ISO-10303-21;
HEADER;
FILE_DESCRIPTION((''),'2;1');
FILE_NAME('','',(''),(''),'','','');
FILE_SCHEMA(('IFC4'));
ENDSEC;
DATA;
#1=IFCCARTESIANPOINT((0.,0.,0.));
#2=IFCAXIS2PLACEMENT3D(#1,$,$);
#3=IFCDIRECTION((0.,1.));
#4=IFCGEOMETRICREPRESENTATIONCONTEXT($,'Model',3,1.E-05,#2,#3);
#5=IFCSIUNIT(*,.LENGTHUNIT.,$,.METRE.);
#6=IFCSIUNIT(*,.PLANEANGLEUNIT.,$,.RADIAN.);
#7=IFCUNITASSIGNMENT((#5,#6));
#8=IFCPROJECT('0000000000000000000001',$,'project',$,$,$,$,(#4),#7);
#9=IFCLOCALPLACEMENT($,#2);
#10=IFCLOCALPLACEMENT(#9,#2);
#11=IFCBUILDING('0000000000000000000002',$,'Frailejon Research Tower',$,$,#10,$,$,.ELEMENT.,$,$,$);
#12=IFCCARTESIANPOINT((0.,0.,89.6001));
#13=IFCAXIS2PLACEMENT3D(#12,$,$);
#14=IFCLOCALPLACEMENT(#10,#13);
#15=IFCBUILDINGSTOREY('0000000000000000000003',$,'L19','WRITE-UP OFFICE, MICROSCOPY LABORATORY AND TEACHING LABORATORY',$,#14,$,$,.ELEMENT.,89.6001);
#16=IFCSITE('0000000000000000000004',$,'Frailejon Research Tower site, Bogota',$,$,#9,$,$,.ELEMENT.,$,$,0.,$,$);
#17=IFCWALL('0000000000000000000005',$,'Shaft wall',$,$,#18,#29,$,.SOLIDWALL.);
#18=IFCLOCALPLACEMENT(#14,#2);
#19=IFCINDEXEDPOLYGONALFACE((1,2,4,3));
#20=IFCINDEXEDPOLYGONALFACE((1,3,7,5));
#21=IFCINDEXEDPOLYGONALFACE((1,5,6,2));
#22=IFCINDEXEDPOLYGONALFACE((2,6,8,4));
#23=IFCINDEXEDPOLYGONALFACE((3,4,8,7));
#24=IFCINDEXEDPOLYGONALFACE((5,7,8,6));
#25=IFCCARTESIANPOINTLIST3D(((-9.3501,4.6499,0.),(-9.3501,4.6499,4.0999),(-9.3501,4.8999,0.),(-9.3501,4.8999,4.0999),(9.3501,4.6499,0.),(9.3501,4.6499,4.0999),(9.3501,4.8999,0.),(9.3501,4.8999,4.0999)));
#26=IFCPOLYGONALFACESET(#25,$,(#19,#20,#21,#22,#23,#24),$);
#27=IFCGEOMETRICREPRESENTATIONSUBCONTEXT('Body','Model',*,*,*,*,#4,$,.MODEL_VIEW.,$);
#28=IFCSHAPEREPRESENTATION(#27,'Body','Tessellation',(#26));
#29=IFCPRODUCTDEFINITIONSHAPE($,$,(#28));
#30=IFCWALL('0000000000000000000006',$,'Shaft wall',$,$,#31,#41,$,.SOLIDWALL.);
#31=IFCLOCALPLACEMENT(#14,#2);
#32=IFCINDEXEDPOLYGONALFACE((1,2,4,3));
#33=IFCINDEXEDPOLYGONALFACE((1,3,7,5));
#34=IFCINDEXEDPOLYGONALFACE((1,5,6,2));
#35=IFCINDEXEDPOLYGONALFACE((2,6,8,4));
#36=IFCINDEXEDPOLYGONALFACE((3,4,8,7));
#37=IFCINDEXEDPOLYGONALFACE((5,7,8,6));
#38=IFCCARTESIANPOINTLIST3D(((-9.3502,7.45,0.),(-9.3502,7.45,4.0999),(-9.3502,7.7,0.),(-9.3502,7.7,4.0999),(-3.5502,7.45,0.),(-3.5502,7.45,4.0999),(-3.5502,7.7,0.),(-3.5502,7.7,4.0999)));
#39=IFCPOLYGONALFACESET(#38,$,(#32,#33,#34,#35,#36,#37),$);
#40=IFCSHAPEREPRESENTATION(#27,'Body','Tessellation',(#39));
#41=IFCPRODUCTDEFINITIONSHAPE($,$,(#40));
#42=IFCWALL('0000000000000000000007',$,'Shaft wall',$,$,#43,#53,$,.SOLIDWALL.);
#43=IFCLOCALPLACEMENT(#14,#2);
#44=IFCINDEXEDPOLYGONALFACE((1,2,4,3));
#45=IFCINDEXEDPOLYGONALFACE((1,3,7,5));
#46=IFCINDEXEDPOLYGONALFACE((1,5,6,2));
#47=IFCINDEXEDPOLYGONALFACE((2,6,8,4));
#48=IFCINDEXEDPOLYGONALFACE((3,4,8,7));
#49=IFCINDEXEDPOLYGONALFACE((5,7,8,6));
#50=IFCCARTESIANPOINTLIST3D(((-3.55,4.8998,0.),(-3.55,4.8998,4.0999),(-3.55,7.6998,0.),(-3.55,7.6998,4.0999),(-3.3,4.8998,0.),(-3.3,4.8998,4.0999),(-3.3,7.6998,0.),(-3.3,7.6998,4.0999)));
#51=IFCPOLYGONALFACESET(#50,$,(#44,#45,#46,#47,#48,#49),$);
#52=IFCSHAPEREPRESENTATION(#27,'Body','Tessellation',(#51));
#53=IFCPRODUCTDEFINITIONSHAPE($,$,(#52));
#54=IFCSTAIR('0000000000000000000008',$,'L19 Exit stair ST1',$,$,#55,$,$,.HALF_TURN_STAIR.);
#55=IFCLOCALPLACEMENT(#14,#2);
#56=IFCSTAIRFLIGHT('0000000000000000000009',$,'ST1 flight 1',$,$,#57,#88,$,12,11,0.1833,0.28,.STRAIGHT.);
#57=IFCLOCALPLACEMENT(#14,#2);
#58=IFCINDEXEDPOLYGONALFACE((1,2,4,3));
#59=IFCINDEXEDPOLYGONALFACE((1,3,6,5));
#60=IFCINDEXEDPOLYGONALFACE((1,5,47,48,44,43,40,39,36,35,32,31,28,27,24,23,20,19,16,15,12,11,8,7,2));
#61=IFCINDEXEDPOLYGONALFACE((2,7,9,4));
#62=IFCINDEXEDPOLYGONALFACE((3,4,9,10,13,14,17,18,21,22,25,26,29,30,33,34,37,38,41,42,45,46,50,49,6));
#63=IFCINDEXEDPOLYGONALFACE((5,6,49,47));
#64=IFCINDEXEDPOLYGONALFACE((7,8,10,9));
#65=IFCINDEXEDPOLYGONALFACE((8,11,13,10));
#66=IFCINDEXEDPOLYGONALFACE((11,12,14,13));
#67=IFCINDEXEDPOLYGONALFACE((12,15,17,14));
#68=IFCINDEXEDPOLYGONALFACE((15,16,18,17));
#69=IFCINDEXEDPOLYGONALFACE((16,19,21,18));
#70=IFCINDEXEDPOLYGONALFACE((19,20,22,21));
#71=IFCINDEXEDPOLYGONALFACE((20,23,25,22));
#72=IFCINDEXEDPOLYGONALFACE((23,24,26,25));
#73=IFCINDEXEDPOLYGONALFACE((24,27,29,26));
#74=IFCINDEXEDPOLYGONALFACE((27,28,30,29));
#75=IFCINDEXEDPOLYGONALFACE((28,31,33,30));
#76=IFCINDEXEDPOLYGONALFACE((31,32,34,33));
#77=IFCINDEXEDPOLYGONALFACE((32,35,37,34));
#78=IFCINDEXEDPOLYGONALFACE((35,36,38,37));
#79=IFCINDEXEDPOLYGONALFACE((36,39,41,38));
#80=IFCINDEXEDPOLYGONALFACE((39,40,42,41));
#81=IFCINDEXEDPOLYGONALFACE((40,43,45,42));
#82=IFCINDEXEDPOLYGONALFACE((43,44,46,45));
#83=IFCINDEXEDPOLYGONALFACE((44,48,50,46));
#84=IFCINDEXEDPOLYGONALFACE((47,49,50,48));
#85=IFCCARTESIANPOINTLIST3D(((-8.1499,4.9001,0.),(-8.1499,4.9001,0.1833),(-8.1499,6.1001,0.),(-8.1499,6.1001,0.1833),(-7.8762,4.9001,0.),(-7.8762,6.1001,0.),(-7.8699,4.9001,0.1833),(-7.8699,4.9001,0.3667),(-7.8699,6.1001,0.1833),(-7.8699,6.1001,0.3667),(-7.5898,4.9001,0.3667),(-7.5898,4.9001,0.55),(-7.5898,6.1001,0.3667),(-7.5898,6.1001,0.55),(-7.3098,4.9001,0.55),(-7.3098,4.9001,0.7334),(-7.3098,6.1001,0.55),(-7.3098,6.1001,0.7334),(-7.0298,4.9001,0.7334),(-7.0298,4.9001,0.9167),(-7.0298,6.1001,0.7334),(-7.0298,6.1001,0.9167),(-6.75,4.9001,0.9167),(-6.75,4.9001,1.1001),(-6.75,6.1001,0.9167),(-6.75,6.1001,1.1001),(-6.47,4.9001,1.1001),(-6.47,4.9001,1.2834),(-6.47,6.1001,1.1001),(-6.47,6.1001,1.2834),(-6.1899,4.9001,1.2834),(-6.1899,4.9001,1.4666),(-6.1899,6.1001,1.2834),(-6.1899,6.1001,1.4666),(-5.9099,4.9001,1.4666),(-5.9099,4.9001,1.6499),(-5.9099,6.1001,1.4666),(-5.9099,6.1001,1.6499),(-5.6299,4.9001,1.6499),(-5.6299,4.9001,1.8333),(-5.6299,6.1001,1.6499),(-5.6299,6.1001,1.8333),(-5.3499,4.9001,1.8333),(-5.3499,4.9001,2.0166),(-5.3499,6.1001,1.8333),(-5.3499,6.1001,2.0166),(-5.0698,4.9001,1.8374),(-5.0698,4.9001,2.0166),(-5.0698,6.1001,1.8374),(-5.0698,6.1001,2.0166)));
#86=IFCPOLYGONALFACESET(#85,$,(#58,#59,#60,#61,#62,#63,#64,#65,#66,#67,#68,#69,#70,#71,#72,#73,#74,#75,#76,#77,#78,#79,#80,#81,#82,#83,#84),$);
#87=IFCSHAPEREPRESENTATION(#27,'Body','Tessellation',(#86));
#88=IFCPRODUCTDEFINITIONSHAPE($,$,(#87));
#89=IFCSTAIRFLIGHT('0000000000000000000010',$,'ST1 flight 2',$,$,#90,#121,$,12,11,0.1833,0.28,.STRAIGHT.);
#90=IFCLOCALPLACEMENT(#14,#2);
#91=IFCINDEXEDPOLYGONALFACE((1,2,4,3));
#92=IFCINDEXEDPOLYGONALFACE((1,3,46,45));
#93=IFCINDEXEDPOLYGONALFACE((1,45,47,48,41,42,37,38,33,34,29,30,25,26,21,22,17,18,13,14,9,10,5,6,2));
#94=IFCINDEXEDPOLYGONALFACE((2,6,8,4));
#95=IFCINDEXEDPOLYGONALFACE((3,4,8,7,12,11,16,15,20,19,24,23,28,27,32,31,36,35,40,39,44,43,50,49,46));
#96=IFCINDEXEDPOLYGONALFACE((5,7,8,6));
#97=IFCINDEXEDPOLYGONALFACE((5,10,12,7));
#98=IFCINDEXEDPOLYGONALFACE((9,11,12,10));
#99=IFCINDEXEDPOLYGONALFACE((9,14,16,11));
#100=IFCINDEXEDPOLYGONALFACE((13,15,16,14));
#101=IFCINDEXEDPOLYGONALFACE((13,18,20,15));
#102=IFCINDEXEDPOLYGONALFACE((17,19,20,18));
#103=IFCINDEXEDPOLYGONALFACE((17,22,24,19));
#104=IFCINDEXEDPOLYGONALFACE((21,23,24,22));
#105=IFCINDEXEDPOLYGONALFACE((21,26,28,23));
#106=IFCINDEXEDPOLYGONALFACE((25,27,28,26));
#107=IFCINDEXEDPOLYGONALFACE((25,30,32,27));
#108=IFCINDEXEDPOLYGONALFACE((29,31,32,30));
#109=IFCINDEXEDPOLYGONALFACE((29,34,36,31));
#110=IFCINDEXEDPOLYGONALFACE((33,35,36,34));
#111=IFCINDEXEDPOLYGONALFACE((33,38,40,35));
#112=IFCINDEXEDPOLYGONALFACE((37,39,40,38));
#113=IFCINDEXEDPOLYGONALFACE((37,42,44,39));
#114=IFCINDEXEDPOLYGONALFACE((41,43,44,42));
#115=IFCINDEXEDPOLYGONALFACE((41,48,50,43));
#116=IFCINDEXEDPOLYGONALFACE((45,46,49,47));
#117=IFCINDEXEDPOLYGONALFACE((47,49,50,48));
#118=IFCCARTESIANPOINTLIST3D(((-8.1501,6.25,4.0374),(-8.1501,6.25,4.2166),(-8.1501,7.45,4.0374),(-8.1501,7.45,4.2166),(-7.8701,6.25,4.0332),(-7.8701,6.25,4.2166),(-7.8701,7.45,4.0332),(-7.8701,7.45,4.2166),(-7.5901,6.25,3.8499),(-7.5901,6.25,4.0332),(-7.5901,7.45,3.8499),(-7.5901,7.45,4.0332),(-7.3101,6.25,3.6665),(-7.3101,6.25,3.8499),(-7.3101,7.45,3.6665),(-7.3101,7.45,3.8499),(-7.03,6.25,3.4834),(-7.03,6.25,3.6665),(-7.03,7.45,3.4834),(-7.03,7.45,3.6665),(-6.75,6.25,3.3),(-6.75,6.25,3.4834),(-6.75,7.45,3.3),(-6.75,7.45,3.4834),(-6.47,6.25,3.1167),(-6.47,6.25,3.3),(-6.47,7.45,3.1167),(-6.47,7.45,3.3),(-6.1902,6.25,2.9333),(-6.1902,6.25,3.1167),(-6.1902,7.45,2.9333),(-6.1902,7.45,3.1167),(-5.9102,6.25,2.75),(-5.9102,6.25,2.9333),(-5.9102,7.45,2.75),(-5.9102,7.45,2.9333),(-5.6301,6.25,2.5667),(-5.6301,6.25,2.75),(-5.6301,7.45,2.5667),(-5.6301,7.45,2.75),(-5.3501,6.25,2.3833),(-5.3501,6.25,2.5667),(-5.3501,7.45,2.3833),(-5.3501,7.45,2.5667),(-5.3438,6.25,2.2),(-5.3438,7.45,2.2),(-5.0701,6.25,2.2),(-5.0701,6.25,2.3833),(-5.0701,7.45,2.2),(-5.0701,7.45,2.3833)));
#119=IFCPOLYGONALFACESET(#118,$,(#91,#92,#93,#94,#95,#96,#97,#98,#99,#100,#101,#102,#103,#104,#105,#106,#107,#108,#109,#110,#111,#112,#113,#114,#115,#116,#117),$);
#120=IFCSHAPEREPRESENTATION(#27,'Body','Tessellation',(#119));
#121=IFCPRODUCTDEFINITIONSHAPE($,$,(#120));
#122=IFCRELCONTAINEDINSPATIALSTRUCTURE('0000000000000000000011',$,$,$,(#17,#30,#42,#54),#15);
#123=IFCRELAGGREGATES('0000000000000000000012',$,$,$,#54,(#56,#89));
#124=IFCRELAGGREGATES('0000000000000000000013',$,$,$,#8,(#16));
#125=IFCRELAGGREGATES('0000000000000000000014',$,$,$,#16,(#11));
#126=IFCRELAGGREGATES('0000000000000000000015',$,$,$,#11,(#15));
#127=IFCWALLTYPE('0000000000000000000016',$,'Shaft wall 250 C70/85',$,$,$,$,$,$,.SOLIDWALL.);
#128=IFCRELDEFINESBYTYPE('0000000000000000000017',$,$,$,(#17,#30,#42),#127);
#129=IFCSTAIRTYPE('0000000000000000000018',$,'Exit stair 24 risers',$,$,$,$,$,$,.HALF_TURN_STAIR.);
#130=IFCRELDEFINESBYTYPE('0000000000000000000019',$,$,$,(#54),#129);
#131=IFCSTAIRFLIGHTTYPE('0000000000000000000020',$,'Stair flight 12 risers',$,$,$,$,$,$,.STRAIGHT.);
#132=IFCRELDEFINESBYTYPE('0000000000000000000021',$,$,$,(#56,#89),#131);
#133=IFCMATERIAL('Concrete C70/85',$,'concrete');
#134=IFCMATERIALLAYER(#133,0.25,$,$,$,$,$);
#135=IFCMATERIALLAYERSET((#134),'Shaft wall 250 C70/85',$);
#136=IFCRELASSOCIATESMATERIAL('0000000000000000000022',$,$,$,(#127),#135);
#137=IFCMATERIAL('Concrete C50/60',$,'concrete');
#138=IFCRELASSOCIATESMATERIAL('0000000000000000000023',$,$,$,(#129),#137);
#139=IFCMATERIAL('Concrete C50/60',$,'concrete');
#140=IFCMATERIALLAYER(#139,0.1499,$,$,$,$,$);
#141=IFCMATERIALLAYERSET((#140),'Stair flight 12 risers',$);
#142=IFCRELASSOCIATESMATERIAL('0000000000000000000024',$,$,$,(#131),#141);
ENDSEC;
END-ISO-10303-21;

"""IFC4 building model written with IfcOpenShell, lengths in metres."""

from ifc_helpers import new_model, si_unit, direction, frame, frame_2d, origin, place, context, subcontext, project, spatial, polyline, rectangle, outline, extrude, material, layer, layer_set, type_object, element, aggregate, save


model = new_model("IFC4")

# Units and contexts
model_context = context("Model", 3, precision=1e-05, world=origin(), true_north=direction((0.0, 1.0)))
body_context = subcontext(model_context, "Body", "Model", "MODEL_VIEW")
ifc_project = project(units=[si_unit("LENGTHUNIT", "METRE"), si_unit("PLANEANGLEUNIT", "RADIAN")], contexts=[model_context])

# Site, building, storey
site_placement = place(None, origin())
site = spatial("IfcSite", under=ifc_project, at=site_placement, Name="Frailejon Research Tower site, Bogota", CompositionType="ELEMENT", RefElevation=0.0)
building_placement = place(site_placement, origin())
building = spatial("IfcBuilding", under=site, at=building_placement, Name="Frailejon Research Tower", CompositionType="ELEMENT")
storey_placement = place(building_placement, frame((0.0, 0.0, 89.6001)))
storey = spatial("IfcBuildingStorey", under=building, at=storey_placement, Name="L19", Description="WRITE-UP OFFICE, MICROSCOPY LABORATORY AND TEACHING LABORATORY", CompositionType="ELEMENT", Elevation=89.6001)

# Shared definitions
ifc_material_1 = material(Name="Concrete C70/85", Category="concrete")
ifc_layer_1 = layer(ifc_material_1, 0.25)
ifc_layer_set_1 = layer_set([ifc_layer_1], Name="Shaft wall 250 C70/85")
wall_type_1 = type_object("IfcWallType", Name="Shaft wall 250 C70/85", PredefinedType="SOLIDWALL", material=ifc_layer_set_1)

# Walls
wall_1_placement = place(storey_placement, frame((-9.3501, 4.7749, 0.0), z_axis=(0.0, 0.0, 1.0), x_axis=(1.0, 0.0, 0.0)))
element("IfcWall", 1, at=wall_1_placement, inside=storey, type_object=wall_type_1, Name="Shaft wall", PredefinedType="SOLIDWALL", context=body_context, shape_type="SweptSolid", body=[
    extrude(rectangle(XDim=18.7002, YDim=0.25, at=frame_2d((9.3501, 0.0))), origin(), (0.0, 0.0, 1.0), 4.0999),
])
wall_2_placement = place(storey_placement, frame((-9.3501, 7.575, 0.0), z_axis=(0.0, 0.0, 1.0), x_axis=(1.0, 0.0, 0.0)))
element("IfcWall", 2, at=wall_2_placement, inside=storey, type_object=wall_type_1, Name="Shaft wall", PredefinedType="SOLIDWALL", context=body_context, shape_type="SweptSolid", body=[
    extrude(rectangle(XDim=5.8, YDim=0.25, at=frame_2d((2.8999, 0.0))), origin(), (0.0, 0.0, 1.0), 4.0999),
])
wall_3_placement = place(storey_placement, frame((-3.425, 4.8999, 0.0), z_axis=(0.0, 0.0, 1.0), x_axis=(0.0, 1.0, 0.0)))
element("IfcWall", 3, at=wall_3_placement, inside=storey, type_object=wall_type_1, Name="Shaft wall", PredefinedType="SOLIDWALL", context=body_context, shape_type="SweptSolid", body=[
    extrude(rectangle(XDim=2.8, YDim=0.25, at=frame_2d((1.3999, 0.0))), origin(), (0.0, 0.0, 1.0), 4.0999),
])

# Stair, stair flights
ifc_material_2 = material(Name="Concrete C50/60", Category="concrete")
stair_type = type_object("IfcStairType", Name="Exit stair 24 risers", PredefinedType="HALF_TURN_STAIR", material=ifc_material_2)
stair_placement = place(storey_placement, origin())
stair = element("IfcStair", 4, at=stair_placement, inside=storey, type_object=stair_type, Name="L19 Exit stair ST1", PredefinedType="HALF_TURN_STAIR")
ifc_material_3 = material(Name="Concrete C50/60", Category="concrete")
ifc_layer_2 = layer(ifc_material_3, 0.1499)
ifc_layer_set_2 = layer_set([ifc_layer_2], Name="Stair flight 12 risers")
stair_flight_type = type_object("IfcStairFlightType", Name="Stair flight 12 risers", PredefinedType="STRAIGHT", material=ifc_layer_set_2)
stair_flight_1_placement = place(storey_placement, frame((-8.1499, 5.5, 0.0), z_axis=(0.0, 0.0, 1.0), x_axis=(1.0, 0.0, 0.0)))
stair_flight_1 = element("IfcStairFlight", 5, at=stair_flight_1_placement, type_object=stair_flight_type, Name="ST1 flight 1", NumberOfRisers=12, NumberOfTreads=11, PredefinedType="STRAIGHT", RiserHeight=0.1833, TreadLength=0.28, context=body_context, shape_type="SweptSolid", body=[
    extrude(outline(polyline([(0.0, 0.0), (0.0, 0.1833), (0.28, 0.1833), (0.28, 0.3667), (0.5601, 0.3667), (0.5601, 0.55), (0.8401, 0.55), (0.8401, 0.7334), (1.1201, 0.7334), (1.1201, 0.9167), (1.3999, 0.9167), (1.3999, 1.1001), (1.6799, 1.1001), (1.6799, 1.2834), (1.96, 1.2834), (1.96, 1.4666), (2.24, 1.4666), (2.24, 1.6499), (2.52, 1.6499), (2.52, 1.8333), (2.8, 1.8333), (2.8, 2.0166), (3.0801, 2.0166), (3.0801, 2.2), (3.0801, 1.8374), (0.2737, 0.0), (0.0, 0.0)])), frame((0.0, 0.6001, 0.0), z_axis=(0.0, -1.0, 0.0), x_axis=(1.0, 0.0, 0.0)), (0.0, 0.0, 1.0), 1.2),
])
stair_flight_2_placement = place(storey_placement, frame((-5.0701, 6.8501, 2.2), z_axis=(0.0, 0.0, 1.0), x_axis=(-1.0, 0.0, 0.0)))
stair_flight_2 = element("IfcStairFlight", 6, at=stair_flight_2_placement, type_object=stair_flight_type, Name="ST1 flight 2", NumberOfRisers=12, NumberOfTreads=11, PredefinedType="STRAIGHT", RiserHeight=0.1833, TreadLength=0.28, context=body_context, shape_type="SweptSolid", body=[
    extrude(outline(polyline([(0.0, 0.0), (0.0, 0.1833), (0.28, 0.1833), (0.28, 0.3667), (0.5601, 0.3667), (0.5601, 0.55), (0.8401, 0.55), (0.8401, 0.7334), (1.1201, 0.7334), (1.1201, 0.9167), (1.3999, 0.9167), (1.3999, 1.1001), (1.6799, 1.1001), (1.6799, 1.2834), (1.96, 1.2834), (1.96, 1.4666), (2.24, 1.4666), (2.24, 1.6499), (2.52, 1.6499), (2.52, 1.8333), (2.8, 1.8333), (2.8, 2.0166), (3.0801, 2.0166), (3.0801, 2.2), (3.0801, 1.8374), (0.2737, 0.0), (0.0, 0.0)])), frame((0.0, 0.6001, 0.0), z_axis=(0.0, -1.0, 0.0), x_axis=(1.0, 0.0, 0.0)), (0.0, 0.0, 1.0), 1.2),
])
aggregate(stair, [stair_flight_1, stair_flight_2])

save(model, "model.ifc")
